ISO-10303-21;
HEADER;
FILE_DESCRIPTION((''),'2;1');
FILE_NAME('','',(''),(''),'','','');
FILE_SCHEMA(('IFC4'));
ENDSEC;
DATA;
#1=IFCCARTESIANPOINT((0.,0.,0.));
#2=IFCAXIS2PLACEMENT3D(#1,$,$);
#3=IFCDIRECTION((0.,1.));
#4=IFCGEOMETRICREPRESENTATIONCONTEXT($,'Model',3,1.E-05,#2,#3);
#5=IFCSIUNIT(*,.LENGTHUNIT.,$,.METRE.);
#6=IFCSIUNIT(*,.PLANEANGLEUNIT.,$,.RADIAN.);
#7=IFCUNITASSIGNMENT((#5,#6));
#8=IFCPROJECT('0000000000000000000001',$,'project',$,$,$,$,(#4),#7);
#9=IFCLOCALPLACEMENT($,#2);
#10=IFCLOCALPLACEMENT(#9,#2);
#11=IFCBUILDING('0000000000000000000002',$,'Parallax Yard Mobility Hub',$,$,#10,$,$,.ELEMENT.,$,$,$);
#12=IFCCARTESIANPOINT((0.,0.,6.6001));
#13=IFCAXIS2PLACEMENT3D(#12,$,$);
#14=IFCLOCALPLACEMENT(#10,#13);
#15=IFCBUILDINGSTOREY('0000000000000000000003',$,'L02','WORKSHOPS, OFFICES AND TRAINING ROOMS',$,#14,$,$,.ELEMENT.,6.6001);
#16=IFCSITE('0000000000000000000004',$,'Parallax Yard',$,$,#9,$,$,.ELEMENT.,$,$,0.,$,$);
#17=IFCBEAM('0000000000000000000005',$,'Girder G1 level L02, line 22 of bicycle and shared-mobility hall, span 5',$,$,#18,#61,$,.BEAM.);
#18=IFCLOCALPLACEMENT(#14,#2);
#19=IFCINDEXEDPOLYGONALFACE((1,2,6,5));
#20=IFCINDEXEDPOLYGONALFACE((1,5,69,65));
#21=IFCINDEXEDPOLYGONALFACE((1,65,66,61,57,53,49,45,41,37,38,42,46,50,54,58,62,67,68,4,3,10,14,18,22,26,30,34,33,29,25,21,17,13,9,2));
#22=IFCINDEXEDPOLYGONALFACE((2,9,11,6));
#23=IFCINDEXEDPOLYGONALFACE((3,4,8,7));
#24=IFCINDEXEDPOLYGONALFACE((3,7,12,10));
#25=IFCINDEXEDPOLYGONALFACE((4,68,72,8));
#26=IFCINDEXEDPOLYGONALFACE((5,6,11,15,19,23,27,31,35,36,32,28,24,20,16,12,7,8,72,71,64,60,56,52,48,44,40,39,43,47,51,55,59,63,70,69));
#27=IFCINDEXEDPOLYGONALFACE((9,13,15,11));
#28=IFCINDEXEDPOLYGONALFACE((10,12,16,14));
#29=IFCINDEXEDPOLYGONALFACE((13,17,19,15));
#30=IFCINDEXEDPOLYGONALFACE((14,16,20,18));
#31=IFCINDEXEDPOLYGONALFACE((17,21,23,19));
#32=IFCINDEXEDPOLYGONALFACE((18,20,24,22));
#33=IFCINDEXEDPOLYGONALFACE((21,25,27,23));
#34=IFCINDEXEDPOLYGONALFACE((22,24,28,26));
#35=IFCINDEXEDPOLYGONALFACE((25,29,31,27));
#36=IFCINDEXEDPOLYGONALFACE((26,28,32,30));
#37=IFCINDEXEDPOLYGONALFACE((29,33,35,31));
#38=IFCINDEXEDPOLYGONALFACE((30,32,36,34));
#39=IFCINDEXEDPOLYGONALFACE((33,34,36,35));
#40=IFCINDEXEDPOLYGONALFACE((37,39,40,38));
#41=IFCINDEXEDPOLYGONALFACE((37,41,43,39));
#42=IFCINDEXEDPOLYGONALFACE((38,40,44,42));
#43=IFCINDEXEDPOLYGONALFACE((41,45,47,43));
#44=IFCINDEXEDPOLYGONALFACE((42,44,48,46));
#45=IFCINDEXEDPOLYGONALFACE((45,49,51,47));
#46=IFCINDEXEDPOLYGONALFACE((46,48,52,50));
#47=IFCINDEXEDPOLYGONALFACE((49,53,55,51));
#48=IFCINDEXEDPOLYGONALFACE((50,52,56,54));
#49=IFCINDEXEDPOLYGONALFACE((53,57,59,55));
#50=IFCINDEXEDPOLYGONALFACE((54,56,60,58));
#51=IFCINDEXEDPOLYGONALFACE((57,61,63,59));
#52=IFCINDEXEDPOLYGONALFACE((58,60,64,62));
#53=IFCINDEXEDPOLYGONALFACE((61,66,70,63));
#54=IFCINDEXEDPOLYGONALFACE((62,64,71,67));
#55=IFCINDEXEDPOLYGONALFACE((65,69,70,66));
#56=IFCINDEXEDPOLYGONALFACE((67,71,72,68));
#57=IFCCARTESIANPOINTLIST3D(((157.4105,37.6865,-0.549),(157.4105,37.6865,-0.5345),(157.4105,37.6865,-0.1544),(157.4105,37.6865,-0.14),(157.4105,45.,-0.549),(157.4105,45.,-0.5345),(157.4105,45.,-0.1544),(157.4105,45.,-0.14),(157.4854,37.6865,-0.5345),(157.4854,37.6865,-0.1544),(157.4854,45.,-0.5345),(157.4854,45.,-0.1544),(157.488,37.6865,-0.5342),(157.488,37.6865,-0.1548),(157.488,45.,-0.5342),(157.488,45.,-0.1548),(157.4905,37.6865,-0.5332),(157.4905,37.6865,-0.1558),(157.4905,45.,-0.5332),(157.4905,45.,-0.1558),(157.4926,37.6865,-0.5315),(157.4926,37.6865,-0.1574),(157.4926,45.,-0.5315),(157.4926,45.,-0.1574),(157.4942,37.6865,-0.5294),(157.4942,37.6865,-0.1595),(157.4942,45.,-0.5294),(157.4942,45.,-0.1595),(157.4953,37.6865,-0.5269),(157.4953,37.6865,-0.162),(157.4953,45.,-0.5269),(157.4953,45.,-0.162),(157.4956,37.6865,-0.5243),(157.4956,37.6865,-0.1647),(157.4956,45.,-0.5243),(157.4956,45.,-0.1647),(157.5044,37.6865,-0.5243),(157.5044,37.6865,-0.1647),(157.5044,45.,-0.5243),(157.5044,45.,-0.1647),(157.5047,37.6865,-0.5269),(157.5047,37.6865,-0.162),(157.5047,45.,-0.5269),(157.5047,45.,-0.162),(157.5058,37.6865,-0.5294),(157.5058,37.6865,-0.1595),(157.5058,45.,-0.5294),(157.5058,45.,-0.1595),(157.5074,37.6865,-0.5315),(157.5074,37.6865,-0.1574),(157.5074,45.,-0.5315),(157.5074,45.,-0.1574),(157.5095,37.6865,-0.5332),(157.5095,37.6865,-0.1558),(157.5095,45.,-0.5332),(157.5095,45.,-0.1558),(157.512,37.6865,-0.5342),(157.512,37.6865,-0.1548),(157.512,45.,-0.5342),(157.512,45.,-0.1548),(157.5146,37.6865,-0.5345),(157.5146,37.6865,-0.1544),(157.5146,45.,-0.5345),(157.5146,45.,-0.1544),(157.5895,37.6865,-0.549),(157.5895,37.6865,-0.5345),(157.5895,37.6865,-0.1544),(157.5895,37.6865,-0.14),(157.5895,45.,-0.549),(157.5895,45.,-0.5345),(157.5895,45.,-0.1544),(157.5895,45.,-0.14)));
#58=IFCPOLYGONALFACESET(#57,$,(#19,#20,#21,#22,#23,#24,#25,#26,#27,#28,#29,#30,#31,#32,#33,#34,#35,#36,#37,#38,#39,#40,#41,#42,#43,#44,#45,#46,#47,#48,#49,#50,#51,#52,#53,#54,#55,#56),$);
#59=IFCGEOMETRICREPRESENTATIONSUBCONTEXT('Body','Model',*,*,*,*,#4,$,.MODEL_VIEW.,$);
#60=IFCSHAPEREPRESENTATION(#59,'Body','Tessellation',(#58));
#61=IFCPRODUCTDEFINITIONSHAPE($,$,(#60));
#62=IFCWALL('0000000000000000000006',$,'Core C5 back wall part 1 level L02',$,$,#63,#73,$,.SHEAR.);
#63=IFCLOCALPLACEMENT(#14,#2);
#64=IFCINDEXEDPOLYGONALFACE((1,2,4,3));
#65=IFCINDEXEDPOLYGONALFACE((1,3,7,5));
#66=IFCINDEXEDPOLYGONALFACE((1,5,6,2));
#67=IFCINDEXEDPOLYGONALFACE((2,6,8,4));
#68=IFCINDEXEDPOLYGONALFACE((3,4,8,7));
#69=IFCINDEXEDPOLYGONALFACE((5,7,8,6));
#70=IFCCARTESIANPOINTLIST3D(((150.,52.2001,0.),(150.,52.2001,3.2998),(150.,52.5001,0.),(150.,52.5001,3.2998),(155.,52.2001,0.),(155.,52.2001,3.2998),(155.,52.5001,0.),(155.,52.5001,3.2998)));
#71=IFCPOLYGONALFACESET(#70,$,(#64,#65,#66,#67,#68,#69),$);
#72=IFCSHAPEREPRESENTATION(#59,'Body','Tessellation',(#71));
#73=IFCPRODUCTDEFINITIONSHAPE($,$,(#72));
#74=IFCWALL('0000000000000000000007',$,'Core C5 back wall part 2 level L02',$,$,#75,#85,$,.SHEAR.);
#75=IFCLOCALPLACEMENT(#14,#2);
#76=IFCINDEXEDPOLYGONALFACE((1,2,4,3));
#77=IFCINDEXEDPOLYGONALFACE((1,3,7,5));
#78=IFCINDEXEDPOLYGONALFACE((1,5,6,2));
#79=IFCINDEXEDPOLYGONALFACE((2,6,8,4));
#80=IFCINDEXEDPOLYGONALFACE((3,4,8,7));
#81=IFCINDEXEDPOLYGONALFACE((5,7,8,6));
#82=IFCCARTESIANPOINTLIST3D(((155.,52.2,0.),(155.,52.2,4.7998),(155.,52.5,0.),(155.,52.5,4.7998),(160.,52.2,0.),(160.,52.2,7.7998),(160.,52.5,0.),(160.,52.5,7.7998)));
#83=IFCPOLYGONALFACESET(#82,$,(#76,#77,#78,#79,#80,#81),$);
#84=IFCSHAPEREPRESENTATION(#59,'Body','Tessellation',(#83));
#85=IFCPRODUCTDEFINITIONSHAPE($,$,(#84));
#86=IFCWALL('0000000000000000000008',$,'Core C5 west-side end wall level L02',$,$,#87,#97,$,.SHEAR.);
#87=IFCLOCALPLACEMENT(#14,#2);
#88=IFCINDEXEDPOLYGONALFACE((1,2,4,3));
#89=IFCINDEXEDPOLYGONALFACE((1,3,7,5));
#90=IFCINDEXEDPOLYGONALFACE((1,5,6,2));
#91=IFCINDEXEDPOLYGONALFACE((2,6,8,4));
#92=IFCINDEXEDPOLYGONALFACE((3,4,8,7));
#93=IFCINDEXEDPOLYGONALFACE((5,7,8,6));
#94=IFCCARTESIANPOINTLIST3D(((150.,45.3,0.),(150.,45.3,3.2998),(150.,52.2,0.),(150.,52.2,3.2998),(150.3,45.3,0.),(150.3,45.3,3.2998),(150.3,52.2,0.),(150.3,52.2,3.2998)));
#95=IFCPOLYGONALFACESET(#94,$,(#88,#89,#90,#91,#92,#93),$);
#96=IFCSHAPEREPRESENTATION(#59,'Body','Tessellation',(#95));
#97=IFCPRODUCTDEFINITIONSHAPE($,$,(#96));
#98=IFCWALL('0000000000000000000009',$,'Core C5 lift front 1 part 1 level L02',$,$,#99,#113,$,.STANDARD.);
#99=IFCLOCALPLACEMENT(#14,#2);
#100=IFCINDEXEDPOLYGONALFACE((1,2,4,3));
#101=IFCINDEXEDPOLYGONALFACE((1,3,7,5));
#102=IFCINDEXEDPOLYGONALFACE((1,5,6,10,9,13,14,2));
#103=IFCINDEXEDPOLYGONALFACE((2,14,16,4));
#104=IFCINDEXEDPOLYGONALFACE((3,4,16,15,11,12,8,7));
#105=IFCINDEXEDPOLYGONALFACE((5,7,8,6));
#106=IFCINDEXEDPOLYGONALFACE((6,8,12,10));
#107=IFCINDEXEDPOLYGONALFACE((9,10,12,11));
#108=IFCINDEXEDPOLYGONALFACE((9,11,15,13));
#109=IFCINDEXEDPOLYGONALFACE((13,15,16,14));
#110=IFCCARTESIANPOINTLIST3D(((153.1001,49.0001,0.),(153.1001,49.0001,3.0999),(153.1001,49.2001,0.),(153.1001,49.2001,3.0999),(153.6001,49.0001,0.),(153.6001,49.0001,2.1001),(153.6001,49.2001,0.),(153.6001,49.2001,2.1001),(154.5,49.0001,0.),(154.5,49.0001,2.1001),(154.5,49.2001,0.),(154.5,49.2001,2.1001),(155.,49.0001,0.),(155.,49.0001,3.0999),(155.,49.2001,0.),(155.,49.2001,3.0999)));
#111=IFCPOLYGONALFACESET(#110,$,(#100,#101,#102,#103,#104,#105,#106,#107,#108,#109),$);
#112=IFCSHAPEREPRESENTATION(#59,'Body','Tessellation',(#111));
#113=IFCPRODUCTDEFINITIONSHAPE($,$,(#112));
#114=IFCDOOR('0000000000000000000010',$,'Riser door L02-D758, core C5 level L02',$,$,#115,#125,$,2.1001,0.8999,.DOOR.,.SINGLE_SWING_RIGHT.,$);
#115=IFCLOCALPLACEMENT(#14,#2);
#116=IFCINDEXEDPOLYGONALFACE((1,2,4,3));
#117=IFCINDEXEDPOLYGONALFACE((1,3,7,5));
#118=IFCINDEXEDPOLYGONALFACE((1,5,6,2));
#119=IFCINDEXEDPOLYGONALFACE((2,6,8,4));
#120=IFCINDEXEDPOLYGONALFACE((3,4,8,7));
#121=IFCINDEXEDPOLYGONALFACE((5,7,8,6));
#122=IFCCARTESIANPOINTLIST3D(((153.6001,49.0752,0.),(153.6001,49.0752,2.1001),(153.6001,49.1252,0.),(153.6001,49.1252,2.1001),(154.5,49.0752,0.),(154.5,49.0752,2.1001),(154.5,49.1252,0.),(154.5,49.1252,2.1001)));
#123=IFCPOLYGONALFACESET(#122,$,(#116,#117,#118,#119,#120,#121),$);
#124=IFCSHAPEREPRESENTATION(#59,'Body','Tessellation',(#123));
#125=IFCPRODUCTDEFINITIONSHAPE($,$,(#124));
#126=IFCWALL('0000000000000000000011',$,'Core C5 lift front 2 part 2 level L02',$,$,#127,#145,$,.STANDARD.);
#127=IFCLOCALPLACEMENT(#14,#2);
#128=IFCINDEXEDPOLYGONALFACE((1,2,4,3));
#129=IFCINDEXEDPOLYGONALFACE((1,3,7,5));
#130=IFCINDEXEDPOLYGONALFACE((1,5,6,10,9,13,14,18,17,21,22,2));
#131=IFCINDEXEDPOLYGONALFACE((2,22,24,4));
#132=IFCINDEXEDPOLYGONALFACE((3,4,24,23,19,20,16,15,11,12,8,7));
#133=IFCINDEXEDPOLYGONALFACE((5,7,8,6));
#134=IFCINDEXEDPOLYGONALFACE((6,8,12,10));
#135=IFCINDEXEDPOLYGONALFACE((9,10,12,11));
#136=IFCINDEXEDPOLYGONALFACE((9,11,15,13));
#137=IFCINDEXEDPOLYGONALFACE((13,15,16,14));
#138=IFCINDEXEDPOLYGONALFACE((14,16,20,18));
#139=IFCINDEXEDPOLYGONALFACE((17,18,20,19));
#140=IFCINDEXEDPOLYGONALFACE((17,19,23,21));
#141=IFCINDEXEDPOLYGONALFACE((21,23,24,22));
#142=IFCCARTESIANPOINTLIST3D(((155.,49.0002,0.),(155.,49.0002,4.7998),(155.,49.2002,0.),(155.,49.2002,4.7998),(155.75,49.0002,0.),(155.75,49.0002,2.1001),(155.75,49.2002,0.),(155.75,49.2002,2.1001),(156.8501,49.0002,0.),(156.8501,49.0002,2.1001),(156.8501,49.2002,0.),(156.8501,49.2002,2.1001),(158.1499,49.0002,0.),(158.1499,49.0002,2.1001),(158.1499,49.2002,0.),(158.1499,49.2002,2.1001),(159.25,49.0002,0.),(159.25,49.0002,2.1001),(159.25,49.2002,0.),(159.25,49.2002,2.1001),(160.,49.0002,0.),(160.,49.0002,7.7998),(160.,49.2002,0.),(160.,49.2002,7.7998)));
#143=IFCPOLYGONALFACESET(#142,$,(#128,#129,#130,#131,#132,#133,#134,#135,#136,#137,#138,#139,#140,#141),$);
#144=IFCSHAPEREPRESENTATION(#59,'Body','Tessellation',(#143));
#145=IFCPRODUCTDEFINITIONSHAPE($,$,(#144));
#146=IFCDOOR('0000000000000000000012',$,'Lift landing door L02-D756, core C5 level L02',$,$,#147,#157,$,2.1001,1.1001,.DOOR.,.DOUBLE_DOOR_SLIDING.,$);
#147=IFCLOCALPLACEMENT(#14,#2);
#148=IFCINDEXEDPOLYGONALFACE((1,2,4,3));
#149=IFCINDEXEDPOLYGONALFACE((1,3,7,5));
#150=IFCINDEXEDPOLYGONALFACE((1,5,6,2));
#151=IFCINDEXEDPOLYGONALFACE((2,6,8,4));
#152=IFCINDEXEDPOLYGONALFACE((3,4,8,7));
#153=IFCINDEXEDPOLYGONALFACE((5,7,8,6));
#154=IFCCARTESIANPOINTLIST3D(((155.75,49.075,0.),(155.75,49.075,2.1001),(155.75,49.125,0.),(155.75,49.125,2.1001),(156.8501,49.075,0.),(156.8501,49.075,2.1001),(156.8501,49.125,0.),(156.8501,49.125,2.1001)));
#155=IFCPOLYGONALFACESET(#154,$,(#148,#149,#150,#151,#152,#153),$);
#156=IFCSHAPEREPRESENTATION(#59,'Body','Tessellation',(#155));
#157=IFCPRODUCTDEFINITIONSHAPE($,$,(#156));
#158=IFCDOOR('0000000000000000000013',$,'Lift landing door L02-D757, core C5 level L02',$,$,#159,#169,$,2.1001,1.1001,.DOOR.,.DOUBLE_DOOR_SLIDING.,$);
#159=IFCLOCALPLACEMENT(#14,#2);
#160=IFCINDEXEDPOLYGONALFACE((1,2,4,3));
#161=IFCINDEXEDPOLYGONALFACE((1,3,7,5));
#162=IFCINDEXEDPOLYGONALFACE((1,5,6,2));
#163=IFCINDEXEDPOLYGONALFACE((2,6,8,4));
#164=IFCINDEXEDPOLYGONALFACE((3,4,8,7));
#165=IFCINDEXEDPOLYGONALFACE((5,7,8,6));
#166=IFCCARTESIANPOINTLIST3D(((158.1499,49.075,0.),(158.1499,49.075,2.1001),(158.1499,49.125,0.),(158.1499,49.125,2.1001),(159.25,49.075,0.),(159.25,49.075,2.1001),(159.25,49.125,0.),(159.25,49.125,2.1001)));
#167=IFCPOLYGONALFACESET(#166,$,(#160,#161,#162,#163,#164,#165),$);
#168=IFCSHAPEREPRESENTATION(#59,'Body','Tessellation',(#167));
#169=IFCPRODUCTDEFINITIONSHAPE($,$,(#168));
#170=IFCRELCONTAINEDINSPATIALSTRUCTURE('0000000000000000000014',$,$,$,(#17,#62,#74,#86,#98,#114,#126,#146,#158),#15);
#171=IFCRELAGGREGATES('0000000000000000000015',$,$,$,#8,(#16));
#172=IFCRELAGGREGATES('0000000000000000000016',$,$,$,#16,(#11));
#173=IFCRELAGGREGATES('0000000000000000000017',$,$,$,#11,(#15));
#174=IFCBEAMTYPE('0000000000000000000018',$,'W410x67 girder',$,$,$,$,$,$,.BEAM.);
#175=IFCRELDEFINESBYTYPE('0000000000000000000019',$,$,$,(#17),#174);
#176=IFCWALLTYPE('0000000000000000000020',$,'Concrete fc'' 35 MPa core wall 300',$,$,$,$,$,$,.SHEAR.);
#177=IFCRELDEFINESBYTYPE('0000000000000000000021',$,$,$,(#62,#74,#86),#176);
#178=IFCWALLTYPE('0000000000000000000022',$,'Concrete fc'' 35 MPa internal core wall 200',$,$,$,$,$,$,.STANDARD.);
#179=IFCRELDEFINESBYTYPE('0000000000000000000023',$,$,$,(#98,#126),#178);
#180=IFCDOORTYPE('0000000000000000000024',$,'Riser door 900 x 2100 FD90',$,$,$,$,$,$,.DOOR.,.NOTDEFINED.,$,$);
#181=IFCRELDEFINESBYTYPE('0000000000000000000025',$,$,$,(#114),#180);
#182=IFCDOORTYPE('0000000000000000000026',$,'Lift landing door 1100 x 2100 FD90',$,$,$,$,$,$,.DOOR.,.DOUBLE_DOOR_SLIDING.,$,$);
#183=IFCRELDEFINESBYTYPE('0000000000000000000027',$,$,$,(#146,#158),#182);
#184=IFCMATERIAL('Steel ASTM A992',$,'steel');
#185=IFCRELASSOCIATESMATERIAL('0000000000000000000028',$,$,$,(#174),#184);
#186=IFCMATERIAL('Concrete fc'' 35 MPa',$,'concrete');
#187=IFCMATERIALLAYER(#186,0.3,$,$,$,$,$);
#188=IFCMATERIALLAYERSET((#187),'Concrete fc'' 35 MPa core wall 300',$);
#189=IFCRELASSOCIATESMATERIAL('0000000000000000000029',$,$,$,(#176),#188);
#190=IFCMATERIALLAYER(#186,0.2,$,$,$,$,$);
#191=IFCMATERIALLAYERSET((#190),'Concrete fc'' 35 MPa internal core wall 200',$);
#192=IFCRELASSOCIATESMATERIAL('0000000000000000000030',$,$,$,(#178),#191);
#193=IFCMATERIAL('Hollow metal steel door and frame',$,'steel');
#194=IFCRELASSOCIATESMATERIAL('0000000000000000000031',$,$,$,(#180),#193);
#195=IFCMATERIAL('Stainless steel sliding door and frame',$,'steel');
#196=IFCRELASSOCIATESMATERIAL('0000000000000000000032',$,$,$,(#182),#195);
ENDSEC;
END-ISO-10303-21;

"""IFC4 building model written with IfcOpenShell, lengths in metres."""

from ifc_helpers import new_model, si_unit, direction, frame, frame_2d, origin, origin_2d, place, context, subcontext, project, spatial, polyline, rectangle, i_section, outline, extrude, material, layer, layer_set, material_profile, profile_set, type_object, element, fill, save


model = new_model("IFC4")

# Units and contexts
model_context = context("Model", 3, precision=1e-05, world=origin(), true_north=direction((0.0, 1.0)))
body_context = subcontext(model_context, "Body", "Model", "MODEL_VIEW")
ifc_project = project(units=[si_unit("LENGTHUNIT", "METRE"), si_unit("PLANEANGLEUNIT", "RADIAN")], contexts=[model_context])

# Site, building, storey
site_placement = place(None, origin())
site = spatial("IfcSite", under=ifc_project, at=site_placement, Name="Parallax Yard", CompositionType="ELEMENT", RefElevation=0.0)
building_placement = place(site_placement, origin())
building = spatial("IfcBuilding", under=site, at=building_placement, Name="Parallax Yard Mobility Hub", CompositionType="ELEMENT")
storey_placement = place(building_placement, frame((0.0, 0.0, 6.6001)))
storey = spatial("IfcBuildingStorey", under=building, at=storey_placement, Name="L02", Description="WORKSHOPS, OFFICES AND TRAINING ROOMS", CompositionType="ELEMENT", Elevation=6.6001)

# Beam
ifc_material_1 = material(Name="Steel ASTM A992", Category="steel")
ifc_material_profile_1 = material_profile(ifc_material_1, i_section(OverallWidth=0.179, OverallDepth=0.4089, WebThickness=0.0088, FlangeThickness=0.0144, FilletRadius=0.0103, at=origin_2d()), Name="W410x67")
ifc_profile_set_1 = profile_set([ifc_material_profile_1], Name="Steel ASTM A992")
beam_type_1 = type_object("IfcBeamType", Name="W410x67 girder", PredefinedType="BEAM", material=ifc_profile_set_1)
beam_1_placement = place(storey_placement, frame((157.5, 37.6865, -0.3445), z_axis=(0.0, 1.0, 0.0), x_axis=(-1.0, 0.0, 0.0)))
element("IfcBeam", 1, at=beam_1_placement, inside=storey, type_object=beam_type_1, Name="Girder G1 level L02, line 22 of bicycle and shared-mobility hall, span 5", PredefinedType="BEAM", context=body_context, shape_type="SweptSolid", body=[
    extrude(i_section(OverallWidth=0.179, OverallDepth=0.4089, WebThickness=0.0088, FlangeThickness=0.0144, FilletRadius=0.0103, at=origin_2d()), origin(), (0.0, 0.0, 1.0), 7.3135),
])

# Walls
ifc_material_2 = material(Name="Concrete fc' 35 MPa", Category="concrete")
ifc_layer_1 = layer(ifc_material_2, 0.3)
ifc_layer_set_1 = layer_set([ifc_layer_1], Name="Concrete fc' 35 MPa core wall 300")
wall_type_1 = type_object("IfcWallType", Name="Concrete fc' 35 MPa core wall 300", PredefinedType="SHEAR", material=ifc_layer_set_1)
wall_1_placement = place(storey_placement, frame((150.0, 52.3501, 0.0), z_axis=(0.0, 0.0, 1.0), x_axis=(1.0, 0.0, 0.0)))
element("IfcWall", 2, at=wall_1_placement, inside=storey, type_object=wall_type_1, Name="Core C5 back wall part 1 level L02", PredefinedType="SHEAR", context=body_context, shape_type="SweptSolid", body=[
    extrude(rectangle(XDim=5.0, YDim=0.3, at=frame_2d((2.5, 0.0))), origin(), (0.0, 0.0, 1.0), 3.2998),
])
wall_2_placement = place(storey_placement, frame((155.0, 52.3501, 0.0), z_axis=(0.0, 0.0, 1.0), x_axis=(1.0, 0.0, 0.0)))
element("IfcWall", 3, at=wall_2_placement, inside=storey, type_object=wall_type_1, Name="Core C5 back wall part 2 level L02", PredefinedType="SHEAR", context=body_context, shape_type="SweptSolid", body=[
    extrude(outline(polyline([(0.0, 0.0), (5.0, 0.0), (5.0, 7.7998), (0.0, 4.7998), (0.0, 0.0)])), frame((0.0, 0.1499, 0.0), z_axis=(0.0, -1.0, 0.0), x_axis=(1.0, 0.0, 0.0)), (0.0, 0.0, 1.0), 0.3),
])
wall_3_placement = place(storey_placement, frame((150.1499, 45.3, 0.0), z_axis=(0.0, 0.0, 1.0), x_axis=(0.0, 1.0, 0.0)))
element("IfcWall", 4, at=wall_3_placement, inside=storey, type_object=wall_type_1, Name="Core C5 west-side end wall level L02", PredefinedType="SHEAR", context=body_context, shape_type="SweptSolid", body=[
    extrude(outline(polyline([(0.0, 0.0), (6.8999, 0.0), (6.8999, 3.2998), (0.0, 3.2998), (0.0, 0.0)])), frame((0.0, 0.1499, 0.0), z_axis=(0.0, -1.0, 0.0), x_axis=(1.0, 0.0, 0.0)), (0.0, 0.0, 1.0), 0.3),
])

# Wall, opening, door
ifc_layer_2 = layer(ifc_material_2, 0.2)
ifc_layer_set_2 = layer_set([ifc_layer_2], Name="Concrete fc' 35 MPa internal core wall 200")
wall_type_2 = type_object("IfcWallType", Name="Concrete fc' 35 MPa internal core wall 200", PredefinedType="STANDARD", material=ifc_layer_set_2)
wall_4_placement = place(storey_placement, frame((155.0, 49.1001, 0.0), z_axis=(0.0, 0.0, 1.0), x_axis=(-1.0, 0.0, 0.0)))
wall_4 = element("IfcWall", 5, at=wall_4_placement, inside=storey, type_object=wall_type_2, Name="Core C5 lift front 1 part 1 level L02", PredefinedType="STANDARD", context=body_context, shape_type="SweptSolid", body=[
    extrude(rectangle(XDim=1.8999, YDim=0.2, at=frame_2d((0.95, 0.0))), origin(), (0.0, 0.0, 1.0), 3.0999),
])
opening_1_placement = place(wall_4_placement, frame((0.5, 0.0, 0.0)))
opening_1 = element("IfcOpeningElement", 6, at=opening_1_placement, cuts=wall_4, PredefinedType="OPENING", context=body_context, shape_type="SweptSolid", body=[
    extrude(rectangle(XDim=0.8999, YDim=2.1001, at=frame_2d((0.45, 1.05))), frame((0.0, 0.1099, 0.0), z_axis=(0.0, -1.0, 0.0), x_axis=(1.0, 0.0, 0.0)), (0.0, 0.0, 1.0), 0.22),
])
ifc_material_3 = material(Name="Hollow metal steel door and frame", Category="steel")
door_type_1 = type_object("IfcDoorType", Name="Riser door 900 x 2100 FD90", OperationType="NOTDEFINED", PredefinedType="DOOR", material=ifc_material_3)
door_1_placement = place(opening_1_placement, origin())
door_1 = element("IfcDoor", 7, at=door_1_placement, inside=storey, type_object=door_type_1, Name="Riser door L02-D758, core C5 level L02", OperationType="SINGLE_SWING_RIGHT", OverallHeight=2.1001, OverallWidth=0.8999, PredefinedType="DOOR", context=body_context, shape_type="SweptSolid", body=[
    extrude(rectangle(XDim=0.8999, YDim=2.1001, at=frame_2d((0.45, 1.05))), frame((0.0, 0.0249, 0.0), z_axis=(0.0, -1.0, 0.0), x_axis=(1.0, 0.0, 0.0)), (0.0, 0.0, 1.0), 0.05),
])
fill(opening_1, door_1)

# Wall, openings, doors
wall_5_placement = place(storey_placement, frame((155.0, 49.1001, 0.0), z_axis=(0.0, 0.0, 1.0), x_axis=(1.0, 0.0, 0.0)))
wall_5 = element("IfcWall", 8, at=wall_5_placement, inside=storey, type_object=wall_type_2, Name="Core C5 lift front 2 part 2 level L02", PredefinedType="STANDARD", context=body_context, shape_type="SweptSolid", body=[
    extrude(outline(polyline([(0.0, 0.0), (5.0, 0.0), (5.0, 7.7998), (0.0, 4.7998), (0.0, 0.0)])), frame((0.0, 0.1001, 0.0), z_axis=(0.0, -1.0, 0.0), x_axis=(1.0, 0.0, 0.0)), (0.0, 0.0, 1.0), 0.2),
])
opening_2_placement = place(wall_5_placement, frame((0.75, 0.0, 0.0)))
opening_2 = element("IfcOpeningElement", 9, at=opening_2_placement, cuts=wall_5, PredefinedType="OPENING", context=body_context, shape_type="SweptSolid", body=[
    extrude(rectangle(XDim=1.1001, YDim=2.1001, at=frame_2d((0.55, 1.05))), frame((0.0, 0.1099, 0.0), z_axis=(0.0, -1.0, 0.0), x_axis=(1.0, 0.0, 0.0)), (0.0, 0.0, 1.0), 0.22),
])
opening_3_placement = place(wall_5_placement, frame((3.1499, 0.0, 0.0)))
opening_3 = element("IfcOpeningElement", 10, at=opening_3_placement, cuts=wall_5, PredefinedType="OPENING", context=body_context, shape_type="SweptSolid", body=[
    extrude(rectangle(XDim=1.1001, YDim=2.1001, at=frame_2d((0.55, 1.05))), frame((0.0, 0.1099, 0.0), z_axis=(0.0, -1.0, 0.0), x_axis=(1.0, 0.0, 0.0)), (0.0, 0.0, 1.0), 0.22),
])
ifc_material_4 = material(Name="Stainless steel sliding door and frame", Category="steel")
door_type_2 = type_object("IfcDoorType", Name="Lift landing door 1100 x 2100 FD90", OperationType="DOUBLE_DOOR_SLIDING", PredefinedType="DOOR", material=ifc_material_4)
door_2_placement = place(opening_2_placement, origin())
door_2 = element("IfcDoor", 11, at=door_2_placement, inside=storey, type_object=door_type_2, Name="Lift landing door L02-D756, core C5 level L02", OperationType="DOUBLE_DOOR_SLIDING", OverallHeight=2.1001, OverallWidth=1.1001, PredefinedType="DOOR", context=body_context, shape_type="SweptSolid", body=[
    extrude(rectangle(XDim=1.1001, YDim=2.1001, at=frame_2d((0.55, 1.05))), frame((0.0, 0.0249, 0.0), z_axis=(0.0, -1.0, 0.0), x_axis=(1.0, 0.0, 0.0)), (0.0, 0.0, 1.0), 0.05),
])
fill(opening_2, door_2)
door_3_placement = place(opening_3_placement, origin())
door_3 = element("IfcDoor", 12, at=door_3_placement, inside=storey, type_object=door_type_2, Name="Lift landing door L02-D757, core C5 level L02", OperationType="DOUBLE_DOOR_SLIDING", OverallHeight=2.1001, OverallWidth=1.1001, PredefinedType="DOOR", context=body_context, shape_type="SweptSolid", body=[
    extrude(rectangle(XDim=1.1001, YDim=2.1001, at=frame_2d((0.55, 1.05))), frame((0.0, 0.0249, 0.0), z_axis=(0.0, -1.0, 0.0), x_axis=(1.0, 0.0, 0.0)), (0.0, 0.0, 1.0), 0.05),
])
fill(opening_3, door_3)

save(model, "model.ifc")
